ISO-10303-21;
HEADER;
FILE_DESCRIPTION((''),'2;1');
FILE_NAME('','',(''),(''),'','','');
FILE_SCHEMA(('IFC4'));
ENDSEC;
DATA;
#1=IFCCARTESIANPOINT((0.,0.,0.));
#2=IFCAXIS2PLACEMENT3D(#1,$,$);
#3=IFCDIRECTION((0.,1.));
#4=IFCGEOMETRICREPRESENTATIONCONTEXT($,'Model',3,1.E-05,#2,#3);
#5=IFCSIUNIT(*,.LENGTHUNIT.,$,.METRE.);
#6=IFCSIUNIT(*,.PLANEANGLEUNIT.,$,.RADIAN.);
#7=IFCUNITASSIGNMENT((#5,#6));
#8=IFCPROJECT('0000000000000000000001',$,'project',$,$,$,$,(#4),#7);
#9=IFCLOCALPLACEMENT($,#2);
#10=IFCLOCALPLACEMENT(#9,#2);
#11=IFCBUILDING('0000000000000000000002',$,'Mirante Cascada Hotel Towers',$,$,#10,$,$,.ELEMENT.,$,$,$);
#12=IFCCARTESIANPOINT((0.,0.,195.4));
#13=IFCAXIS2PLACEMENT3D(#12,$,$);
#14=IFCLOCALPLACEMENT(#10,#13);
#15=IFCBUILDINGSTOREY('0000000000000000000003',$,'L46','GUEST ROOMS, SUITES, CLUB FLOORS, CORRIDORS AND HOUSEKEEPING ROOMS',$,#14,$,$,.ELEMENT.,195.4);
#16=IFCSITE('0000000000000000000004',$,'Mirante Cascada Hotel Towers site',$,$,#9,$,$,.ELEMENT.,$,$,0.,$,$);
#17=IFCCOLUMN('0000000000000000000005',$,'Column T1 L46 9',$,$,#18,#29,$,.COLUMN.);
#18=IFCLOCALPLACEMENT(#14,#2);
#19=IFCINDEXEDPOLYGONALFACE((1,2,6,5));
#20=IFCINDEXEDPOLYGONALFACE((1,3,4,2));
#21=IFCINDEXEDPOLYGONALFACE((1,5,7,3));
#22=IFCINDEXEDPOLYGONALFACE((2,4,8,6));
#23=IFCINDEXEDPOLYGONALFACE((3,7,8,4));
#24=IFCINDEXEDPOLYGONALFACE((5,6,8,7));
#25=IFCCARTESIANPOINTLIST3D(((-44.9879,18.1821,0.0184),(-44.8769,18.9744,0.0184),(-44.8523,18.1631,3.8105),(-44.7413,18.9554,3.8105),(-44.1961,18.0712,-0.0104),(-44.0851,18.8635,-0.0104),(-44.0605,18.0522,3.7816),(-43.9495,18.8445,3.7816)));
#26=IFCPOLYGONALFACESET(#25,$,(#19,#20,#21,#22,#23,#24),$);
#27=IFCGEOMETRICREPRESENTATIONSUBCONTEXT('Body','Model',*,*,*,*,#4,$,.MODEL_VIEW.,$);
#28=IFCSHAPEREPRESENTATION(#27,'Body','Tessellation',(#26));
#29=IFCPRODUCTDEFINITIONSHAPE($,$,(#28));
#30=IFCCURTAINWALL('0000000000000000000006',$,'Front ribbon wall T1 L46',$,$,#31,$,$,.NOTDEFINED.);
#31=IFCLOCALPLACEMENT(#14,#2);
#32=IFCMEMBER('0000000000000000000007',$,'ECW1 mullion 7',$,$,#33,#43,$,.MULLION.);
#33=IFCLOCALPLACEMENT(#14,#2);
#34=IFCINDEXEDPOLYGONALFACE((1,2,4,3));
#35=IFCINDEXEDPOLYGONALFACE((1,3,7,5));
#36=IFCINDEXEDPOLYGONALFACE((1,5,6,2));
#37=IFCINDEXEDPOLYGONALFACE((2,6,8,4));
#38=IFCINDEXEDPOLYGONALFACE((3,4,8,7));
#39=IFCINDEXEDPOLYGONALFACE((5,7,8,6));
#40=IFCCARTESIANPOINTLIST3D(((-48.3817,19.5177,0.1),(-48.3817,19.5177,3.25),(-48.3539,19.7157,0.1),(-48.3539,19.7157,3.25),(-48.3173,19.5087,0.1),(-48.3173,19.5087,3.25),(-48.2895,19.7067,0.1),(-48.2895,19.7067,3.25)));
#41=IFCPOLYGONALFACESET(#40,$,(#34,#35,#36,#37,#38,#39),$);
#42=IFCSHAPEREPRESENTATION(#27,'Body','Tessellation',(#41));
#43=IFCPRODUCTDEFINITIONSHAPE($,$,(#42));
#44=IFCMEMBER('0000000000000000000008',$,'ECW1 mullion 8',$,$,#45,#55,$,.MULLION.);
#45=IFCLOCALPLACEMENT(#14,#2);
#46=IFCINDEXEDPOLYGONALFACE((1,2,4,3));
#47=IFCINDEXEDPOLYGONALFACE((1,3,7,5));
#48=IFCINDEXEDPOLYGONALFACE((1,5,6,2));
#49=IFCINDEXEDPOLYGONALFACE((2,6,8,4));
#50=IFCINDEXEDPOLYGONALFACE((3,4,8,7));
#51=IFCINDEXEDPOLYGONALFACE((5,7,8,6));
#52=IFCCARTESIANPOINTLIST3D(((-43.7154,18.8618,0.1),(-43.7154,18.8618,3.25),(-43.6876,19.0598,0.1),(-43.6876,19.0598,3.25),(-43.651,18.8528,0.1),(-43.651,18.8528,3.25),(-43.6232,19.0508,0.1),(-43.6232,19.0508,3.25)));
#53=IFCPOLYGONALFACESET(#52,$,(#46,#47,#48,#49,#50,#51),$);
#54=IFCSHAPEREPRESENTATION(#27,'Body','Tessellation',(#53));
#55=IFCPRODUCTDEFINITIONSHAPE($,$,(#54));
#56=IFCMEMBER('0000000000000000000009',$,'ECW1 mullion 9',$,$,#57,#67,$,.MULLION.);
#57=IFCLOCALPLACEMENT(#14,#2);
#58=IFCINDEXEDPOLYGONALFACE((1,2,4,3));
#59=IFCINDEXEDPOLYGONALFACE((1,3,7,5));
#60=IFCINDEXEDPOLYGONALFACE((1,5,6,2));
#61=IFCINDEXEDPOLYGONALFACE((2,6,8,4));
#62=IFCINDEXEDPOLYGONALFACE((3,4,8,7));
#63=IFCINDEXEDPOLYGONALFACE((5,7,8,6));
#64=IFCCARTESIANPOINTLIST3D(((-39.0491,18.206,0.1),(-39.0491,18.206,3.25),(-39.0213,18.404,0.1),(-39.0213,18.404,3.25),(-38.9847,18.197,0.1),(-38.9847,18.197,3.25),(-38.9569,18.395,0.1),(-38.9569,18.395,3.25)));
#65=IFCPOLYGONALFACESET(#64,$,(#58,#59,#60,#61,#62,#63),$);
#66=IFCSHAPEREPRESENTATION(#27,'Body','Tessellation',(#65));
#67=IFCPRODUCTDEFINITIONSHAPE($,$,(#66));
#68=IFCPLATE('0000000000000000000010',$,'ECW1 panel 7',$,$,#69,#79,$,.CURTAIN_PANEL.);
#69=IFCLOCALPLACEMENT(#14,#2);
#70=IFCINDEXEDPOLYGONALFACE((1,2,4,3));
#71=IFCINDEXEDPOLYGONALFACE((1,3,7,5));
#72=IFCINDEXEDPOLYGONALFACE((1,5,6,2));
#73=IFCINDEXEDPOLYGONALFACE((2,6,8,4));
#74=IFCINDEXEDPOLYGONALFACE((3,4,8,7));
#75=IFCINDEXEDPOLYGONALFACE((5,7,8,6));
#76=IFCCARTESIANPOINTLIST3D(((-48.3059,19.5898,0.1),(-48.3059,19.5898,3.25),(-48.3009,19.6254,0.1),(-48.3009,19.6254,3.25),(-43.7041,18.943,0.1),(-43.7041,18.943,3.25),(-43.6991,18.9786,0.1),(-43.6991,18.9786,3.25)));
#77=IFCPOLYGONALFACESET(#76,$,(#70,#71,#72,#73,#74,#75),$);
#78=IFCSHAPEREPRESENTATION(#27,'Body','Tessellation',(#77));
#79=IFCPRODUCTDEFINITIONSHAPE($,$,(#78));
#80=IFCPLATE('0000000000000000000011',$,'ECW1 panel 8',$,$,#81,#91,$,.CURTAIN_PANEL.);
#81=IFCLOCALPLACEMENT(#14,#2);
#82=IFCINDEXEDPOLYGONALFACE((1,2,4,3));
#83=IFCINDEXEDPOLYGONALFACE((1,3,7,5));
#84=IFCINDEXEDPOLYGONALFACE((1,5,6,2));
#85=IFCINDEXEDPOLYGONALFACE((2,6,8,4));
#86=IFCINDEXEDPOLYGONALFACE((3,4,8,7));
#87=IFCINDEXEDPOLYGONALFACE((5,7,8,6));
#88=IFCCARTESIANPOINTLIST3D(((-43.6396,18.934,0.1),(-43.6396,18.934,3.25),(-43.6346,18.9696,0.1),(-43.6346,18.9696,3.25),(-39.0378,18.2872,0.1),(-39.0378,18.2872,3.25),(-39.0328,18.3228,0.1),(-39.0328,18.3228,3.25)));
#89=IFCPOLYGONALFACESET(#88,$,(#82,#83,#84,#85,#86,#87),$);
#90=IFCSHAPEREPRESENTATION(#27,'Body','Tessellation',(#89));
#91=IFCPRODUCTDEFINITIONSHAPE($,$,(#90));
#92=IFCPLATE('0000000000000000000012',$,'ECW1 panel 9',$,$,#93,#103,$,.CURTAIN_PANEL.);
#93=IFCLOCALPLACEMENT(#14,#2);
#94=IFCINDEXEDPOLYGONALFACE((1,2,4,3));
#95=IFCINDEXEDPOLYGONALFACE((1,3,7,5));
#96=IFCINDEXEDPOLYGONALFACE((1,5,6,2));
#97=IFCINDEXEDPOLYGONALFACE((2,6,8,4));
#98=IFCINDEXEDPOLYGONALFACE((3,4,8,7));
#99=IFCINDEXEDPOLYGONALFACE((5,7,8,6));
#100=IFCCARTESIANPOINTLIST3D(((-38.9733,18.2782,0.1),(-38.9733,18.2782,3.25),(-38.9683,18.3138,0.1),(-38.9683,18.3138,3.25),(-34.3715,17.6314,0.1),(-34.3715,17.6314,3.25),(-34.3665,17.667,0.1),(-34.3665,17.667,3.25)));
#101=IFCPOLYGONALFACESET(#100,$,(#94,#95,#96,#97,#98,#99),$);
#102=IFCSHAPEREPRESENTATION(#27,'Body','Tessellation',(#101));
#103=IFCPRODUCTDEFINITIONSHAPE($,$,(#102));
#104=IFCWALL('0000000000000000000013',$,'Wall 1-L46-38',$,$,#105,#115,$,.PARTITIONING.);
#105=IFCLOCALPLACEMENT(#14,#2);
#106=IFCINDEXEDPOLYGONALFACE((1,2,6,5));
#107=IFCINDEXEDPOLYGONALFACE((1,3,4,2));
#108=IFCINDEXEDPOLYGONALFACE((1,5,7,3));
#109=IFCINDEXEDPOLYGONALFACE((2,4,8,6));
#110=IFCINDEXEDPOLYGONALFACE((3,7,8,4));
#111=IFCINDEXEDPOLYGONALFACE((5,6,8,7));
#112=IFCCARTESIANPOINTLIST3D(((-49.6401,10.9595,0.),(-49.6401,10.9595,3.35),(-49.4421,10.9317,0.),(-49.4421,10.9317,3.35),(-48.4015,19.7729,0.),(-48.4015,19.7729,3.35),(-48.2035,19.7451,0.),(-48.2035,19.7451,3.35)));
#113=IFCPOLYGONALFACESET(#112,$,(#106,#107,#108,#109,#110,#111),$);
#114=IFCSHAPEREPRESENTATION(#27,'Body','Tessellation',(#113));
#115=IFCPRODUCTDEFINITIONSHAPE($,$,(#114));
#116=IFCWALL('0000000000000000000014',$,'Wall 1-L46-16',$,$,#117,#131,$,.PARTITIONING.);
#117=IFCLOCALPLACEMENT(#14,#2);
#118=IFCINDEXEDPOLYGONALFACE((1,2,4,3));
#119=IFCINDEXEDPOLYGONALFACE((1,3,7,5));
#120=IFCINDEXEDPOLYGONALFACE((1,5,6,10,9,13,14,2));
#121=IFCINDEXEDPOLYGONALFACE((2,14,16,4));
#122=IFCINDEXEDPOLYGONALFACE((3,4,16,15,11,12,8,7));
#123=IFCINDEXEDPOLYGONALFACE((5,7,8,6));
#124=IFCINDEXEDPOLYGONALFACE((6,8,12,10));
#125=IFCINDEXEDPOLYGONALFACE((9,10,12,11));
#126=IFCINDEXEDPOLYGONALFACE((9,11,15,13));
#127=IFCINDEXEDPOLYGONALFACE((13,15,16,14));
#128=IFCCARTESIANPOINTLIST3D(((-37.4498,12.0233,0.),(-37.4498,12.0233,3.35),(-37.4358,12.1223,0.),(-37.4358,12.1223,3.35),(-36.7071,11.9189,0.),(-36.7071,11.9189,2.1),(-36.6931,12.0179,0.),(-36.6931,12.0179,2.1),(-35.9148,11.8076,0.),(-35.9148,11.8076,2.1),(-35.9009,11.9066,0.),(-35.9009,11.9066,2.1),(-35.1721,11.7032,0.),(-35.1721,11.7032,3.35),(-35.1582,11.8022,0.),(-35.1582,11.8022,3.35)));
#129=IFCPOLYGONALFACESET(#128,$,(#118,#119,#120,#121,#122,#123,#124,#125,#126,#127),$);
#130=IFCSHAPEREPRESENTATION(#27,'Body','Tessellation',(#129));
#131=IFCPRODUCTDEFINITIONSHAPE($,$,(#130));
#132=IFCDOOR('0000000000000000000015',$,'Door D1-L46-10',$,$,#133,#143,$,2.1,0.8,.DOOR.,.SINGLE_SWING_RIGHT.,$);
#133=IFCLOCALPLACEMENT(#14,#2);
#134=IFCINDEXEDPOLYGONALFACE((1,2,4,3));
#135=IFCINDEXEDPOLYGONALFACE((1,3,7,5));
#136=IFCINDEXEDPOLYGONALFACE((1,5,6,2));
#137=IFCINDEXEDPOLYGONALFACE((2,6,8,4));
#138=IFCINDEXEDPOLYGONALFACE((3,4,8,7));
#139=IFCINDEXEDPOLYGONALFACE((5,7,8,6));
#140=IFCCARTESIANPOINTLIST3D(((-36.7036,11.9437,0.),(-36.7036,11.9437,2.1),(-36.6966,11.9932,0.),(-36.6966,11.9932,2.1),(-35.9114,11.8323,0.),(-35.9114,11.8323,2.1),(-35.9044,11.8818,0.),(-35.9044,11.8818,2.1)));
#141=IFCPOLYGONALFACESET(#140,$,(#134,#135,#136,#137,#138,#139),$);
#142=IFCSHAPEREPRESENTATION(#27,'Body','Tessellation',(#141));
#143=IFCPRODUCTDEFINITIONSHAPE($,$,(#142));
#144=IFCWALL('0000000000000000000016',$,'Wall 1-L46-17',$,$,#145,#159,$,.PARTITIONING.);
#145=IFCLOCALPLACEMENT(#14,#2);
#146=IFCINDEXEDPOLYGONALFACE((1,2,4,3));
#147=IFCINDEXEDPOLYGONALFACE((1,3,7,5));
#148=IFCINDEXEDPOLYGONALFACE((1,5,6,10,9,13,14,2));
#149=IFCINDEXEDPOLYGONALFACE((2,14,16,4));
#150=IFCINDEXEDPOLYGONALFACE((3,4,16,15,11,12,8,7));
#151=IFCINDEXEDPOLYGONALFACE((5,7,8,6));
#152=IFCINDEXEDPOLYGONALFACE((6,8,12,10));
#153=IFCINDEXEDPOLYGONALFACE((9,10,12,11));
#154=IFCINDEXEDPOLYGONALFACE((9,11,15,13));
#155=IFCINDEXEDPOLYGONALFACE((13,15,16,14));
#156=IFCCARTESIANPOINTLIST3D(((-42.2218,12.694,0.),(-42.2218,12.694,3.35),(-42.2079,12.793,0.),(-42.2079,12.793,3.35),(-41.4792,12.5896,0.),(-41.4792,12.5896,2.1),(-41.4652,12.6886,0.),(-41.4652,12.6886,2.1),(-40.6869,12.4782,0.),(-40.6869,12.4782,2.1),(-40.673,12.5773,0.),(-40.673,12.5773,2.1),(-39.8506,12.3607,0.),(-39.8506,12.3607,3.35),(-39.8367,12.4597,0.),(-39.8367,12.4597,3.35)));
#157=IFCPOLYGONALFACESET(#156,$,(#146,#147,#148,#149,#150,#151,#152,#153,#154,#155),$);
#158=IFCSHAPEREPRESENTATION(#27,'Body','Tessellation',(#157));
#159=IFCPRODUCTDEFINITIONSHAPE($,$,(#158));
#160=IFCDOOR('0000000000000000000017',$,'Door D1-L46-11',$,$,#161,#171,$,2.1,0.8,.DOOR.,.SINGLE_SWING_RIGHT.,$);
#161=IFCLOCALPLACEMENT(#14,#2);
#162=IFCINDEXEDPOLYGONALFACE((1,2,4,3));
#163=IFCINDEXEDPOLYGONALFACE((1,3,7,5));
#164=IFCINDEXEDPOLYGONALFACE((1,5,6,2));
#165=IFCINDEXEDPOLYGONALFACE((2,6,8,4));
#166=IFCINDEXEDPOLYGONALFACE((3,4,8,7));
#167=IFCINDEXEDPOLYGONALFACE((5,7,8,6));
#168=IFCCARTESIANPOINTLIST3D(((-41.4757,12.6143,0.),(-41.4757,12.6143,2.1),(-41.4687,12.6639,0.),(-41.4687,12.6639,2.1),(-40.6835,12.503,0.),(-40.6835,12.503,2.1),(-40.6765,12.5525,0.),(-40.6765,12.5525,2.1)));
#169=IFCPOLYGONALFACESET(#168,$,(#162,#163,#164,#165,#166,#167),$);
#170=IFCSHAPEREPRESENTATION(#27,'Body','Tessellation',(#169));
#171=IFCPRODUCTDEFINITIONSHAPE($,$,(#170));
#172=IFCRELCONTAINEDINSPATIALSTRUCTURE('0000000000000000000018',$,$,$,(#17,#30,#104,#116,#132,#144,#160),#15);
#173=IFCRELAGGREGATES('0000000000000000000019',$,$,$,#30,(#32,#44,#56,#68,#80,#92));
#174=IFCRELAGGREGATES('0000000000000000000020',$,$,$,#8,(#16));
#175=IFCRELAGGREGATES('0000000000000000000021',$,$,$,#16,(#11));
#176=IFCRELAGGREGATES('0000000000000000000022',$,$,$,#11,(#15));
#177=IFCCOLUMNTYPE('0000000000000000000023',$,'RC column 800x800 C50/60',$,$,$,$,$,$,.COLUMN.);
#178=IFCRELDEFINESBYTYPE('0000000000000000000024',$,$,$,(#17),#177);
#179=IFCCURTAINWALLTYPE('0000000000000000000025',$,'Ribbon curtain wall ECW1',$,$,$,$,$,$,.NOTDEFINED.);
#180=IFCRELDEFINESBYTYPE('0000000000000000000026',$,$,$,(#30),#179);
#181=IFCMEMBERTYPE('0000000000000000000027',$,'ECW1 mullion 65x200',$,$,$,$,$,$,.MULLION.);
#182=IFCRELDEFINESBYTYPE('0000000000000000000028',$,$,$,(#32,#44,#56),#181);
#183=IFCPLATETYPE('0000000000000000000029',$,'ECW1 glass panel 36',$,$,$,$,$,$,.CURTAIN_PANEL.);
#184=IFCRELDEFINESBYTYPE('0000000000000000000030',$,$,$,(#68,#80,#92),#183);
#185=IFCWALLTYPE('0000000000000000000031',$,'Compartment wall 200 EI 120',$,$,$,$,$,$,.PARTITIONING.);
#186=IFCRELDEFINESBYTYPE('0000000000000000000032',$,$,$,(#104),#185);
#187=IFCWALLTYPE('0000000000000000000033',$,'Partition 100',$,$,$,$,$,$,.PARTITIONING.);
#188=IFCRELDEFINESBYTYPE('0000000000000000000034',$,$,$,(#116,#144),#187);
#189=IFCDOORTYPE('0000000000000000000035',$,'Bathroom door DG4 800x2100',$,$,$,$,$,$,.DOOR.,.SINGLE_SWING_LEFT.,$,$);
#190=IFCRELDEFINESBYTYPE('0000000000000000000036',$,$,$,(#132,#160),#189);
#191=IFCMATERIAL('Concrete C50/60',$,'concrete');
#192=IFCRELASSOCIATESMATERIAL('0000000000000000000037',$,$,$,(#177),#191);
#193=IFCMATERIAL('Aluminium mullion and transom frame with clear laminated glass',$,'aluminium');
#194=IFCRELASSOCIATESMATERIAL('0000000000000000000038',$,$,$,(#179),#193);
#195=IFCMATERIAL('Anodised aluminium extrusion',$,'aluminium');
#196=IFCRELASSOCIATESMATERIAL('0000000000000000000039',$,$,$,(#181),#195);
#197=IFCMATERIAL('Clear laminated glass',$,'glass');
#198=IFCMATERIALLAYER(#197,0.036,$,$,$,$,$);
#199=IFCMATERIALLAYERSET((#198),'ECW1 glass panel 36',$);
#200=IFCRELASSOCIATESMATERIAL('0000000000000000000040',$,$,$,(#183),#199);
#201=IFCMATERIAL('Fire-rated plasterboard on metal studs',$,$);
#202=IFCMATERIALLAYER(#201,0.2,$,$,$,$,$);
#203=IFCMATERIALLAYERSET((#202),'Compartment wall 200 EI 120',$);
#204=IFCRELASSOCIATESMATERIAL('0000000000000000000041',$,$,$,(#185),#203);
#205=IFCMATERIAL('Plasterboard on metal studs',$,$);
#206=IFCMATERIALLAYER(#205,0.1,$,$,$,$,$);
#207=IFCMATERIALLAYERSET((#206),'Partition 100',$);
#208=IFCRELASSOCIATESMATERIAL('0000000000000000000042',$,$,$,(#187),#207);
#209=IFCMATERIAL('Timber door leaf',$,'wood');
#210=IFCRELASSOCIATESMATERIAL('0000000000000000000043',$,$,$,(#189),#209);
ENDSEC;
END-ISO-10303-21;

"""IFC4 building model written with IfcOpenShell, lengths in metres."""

from ifc_helpers import new_model, si_unit, direction, frame, frame_2d, origin, origin_2d, place, context, subcontext, project, spatial, rectangle, extrude, material, layer, layer_set, material_profile, profile_set, type_object, element, fill, aggregate, save


model = new_model("IFC4")

# Units and contexts
model_context = context("Model", 3, precision=1e-05, world=origin(), true_north=direction((0.0, 1.0)))
body_context = subcontext(model_context, "Body", "Model", "MODEL_VIEW")
ifc_project = project(units=[si_unit("LENGTHUNIT", "METRE"), si_unit("PLANEANGLEUNIT", "RADIAN")], contexts=[model_context])

# Site, building, storey
site_placement = place(None, origin())
site = spatial("IfcSite", under=ifc_project, at=site_placement, Name="Mirante Cascada Hotel Towers site", CompositionType="ELEMENT", RefElevation=0.0)
building_placement = place(site_placement, origin())
building = spatial("IfcBuilding", under=site, at=building_placement, Name="Mirante Cascada Hotel Towers", CompositionType="ELEMENT")
storey_placement = place(building_placement, frame((0.0, 0.0, 195.4)))
storey = spatial("IfcBuildingStorey", under=building, at=storey_placement, Name="L46", Description="GUEST ROOMS, SUITES, CLUB FLOORS, CORRIDORS AND HOUSEKEEPING ROOMS", CompositionType="ELEMENT", Elevation=195.4)

# Column
ifc_material_1 = material(Name="Concrete C50/60", Category="concrete")
ifc_material_profile_1 = material_profile(ifc_material_1, rectangle(XDim=0.8, YDim=0.8, at=origin_2d()), Name="RC column 800x800 C50/60")
ifc_profile_set_1 = profile_set([ifc_material_profile_1], Name="Concrete C50/60")
column_type = type_object("IfcColumnType", Name="RC column 800x800 C50/60", PredefinedType="COLUMN", material=ifc_profile_set_1)
column_placement = place(storey_placement, frame((-44.5365, 18.5228, 0.004), z_axis=(0.035736, -0.005007, 0.999349), x_axis=(0.138762, 0.990326, 0.0)))
element("IfcColumn", 1, at=column_placement, inside=storey, type_object=column_type, Name="Column T1 L46 9", PredefinedType="COLUMN", context=body_context, shape_type="SweptSolid", body=[
    extrude(rectangle(XDim=0.8, YDim=0.8, at=origin_2d()), origin(), (0.0, 0.0, 1.0), 3.7945),
])

# Curtain wall, members, plates
ifc_material_2 = material(Name="Aluminium mullion and transom frame with clear laminated glass", Category="aluminium")
curtain_wall_type = type_object("IfcCurtainWallType", Name="Ribbon curtain wall ECW1", PredefinedType="NOTDEFINED", material=ifc_material_2)
curtain_wall_placement = place(storey_placement, origin())
curtain_wall = element("IfcCurtainWall", 2, at=curtain_wall_placement, inside=storey, type_object=curtain_wall_type, Name="Front ribbon wall T1 L46", PredefinedType="NOTDEFINED")
ifc_material_3 = material(Name="Anodised aluminium extrusion", Category="aluminium")
ifc_material_profile_2 = material_profile(ifc_material_3, rectangle(XDim=0.2, YDim=0.065, at=origin_2d()), Name="ECW1 MULLION 65x200")
ifc_profile_set_2 = profile_set([ifc_material_profile_2], Name="Anodised aluminium extrusion")
member_type = type_object("IfcMemberType", Name="ECW1 mullion 65x200", PredefinedType="MULLION", material=ifc_profile_set_2)
member_1_placement = place(storey_placement, frame((-48.3356, 19.6122, 0.1), z_axis=(0.0, 0.0, 1.0), x_axis=(0.139173, 0.990268, 0.0)))
member_1 = element("IfcMember", 3, at=member_1_placement, type_object=member_type, Name="ECW1 mullion 7", PredefinedType="MULLION", context=body_context, shape_type="SweptSolid", body=[
    extrude(rectangle(XDim=0.2, YDim=0.065, at=origin_2d()), origin(), (0.0, 0.0, 1.0), 3.15),
])
member_2_placement = place(storey_placement, frame((-43.6693, 18.9563, 0.1), z_axis=(0.0, 0.0, 1.0), x_axis=(0.139173, 0.990268, 0.0)))
member_2 = element("IfcMember", 4, at=member_2_placement, type_object=member_type, Name="ECW1 mullion 8", PredefinedType="MULLION", context=body_context, shape_type="SweptSolid", body=[
    extrude(rectangle(XDim=0.2, YDim=0.065, at=origin_2d()), origin(), (0.0, 0.0, 1.0), 3.15),
])
member_3_placement = place(storey_placement, frame((-39.003, 18.3005, 0.1), z_axis=(0.0, 0.0, 1.0), x_axis=(0.139173, 0.990268, 0.0)))
member_3 = element("IfcMember", 5, at=member_3_placement, type_object=member_type, Name="ECW1 mullion 9", PredefinedType="MULLION", context=body_context, shape_type="SweptSolid", body=[
    extrude(rectangle(XDim=0.2, YDim=0.065, at=origin_2d()), origin(), (0.0, 0.0, 1.0), 3.15),
])
ifc_material_4 = material(Name="Clear laminated glass", Category="glass")
ifc_layer_1 = layer(ifc_material_4, 0.036)
ifc_layer_set_1 = layer_set([ifc_layer_1], Name="ECW1 glass panel 36")
plate_type = type_object("IfcPlateType", Name="ECW1 glass panel 36", PredefinedType="CURTAIN_PANEL", material=ifc_layer_set_1)
plate_1_placement = place(storey_placement, frame((-46.0025, 19.2842, 0.1), z_axis=(0.0, 0.0, 1.0), x_axis=(0.990268, -0.139173, 0.0)))
plate_1 = element("IfcPlate", 6, at=plate_1_placement, type_object=plate_type, Name="ECW1 panel 7", PredefinedType="CURTAIN_PANEL", context=body_context, shape_type="SweptSolid", body=[
    extrude(rectangle(XDim=4.6471, YDim=0.036, at=origin_2d()), origin(), (0.0, 0.0, 1.0), 3.15),
])
plate_2_placement = place(storey_placement, frame((-41.3362, 18.6284, 0.1), z_axis=(0.0, 0.0, 1.0), x_axis=(0.990268, -0.139173, 0.0)))
plate_2 = element("IfcPlate", 7, at=plate_2_placement, type_object=plate_type, Name="ECW1 panel 8", PredefinedType="CURTAIN_PANEL", context=body_context, shape_type="SweptSolid", body=[
    extrude(rectangle(XDim=4.6471, YDim=0.036, at=origin_2d()), origin(), (0.0, 0.0, 1.0), 3.15),
])
plate_3_placement = place(storey_placement, frame((-36.6699, 17.9726, 0.1), z_axis=(0.0, 0.0, 1.0), x_axis=(0.990268, -0.139173, 0.0)))
plate_3 = element("IfcPlate", 8, at=plate_3_placement, type_object=plate_type, Name="ECW1 panel 9", PredefinedType="CURTAIN_PANEL", context=body_context, shape_type="SweptSolid", body=[
    extrude(rectangle(XDim=4.6471, YDim=0.036, at=origin_2d()), origin(), (0.0, 0.0, 1.0), 3.15),
])
aggregate(curtain_wall, [member_1, member_2, member_3, plate_1, plate_2, plate_3])

# Wall
ifc_material_5 = material(Name="Fire-rated plasterboard on metal studs")
ifc_layer_2 = layer(ifc_material_5, 0.2)
ifc_layer_set_2 = layer_set([ifc_layer_2], Name="Compartment wall 200 EI 120")
wall_type_1 = type_object("IfcWallType", Name="Compartment wall 200 EI 120", PredefinedType="PARTITIONING", material=ifc_layer_set_2)
wall_1_placement = place(storey_placement, frame((-48.3025, 19.759, 0.0), z_axis=(0.0, 0.0, 1.0), x_axis=(-0.139168, -0.990269, 0.0)))
element("IfcWall", 9, at=wall_1_placement, inside=storey, type_object=wall_type_1, Name="Wall 1-L46-38", PredefinedType="PARTITIONING", context=body_context, shape_type="SweptSolid", body=[
    extrude(rectangle(XDim=8.9, YDim=0.2, at=frame_2d((4.45, 0.0))), origin(), (0.0, 0.0, 1.0), 3.35),
])

# Walls, openings, doors
ifc_material_6 = material(Name="Plasterboard on metal studs")
ifc_layer_3 = layer(ifc_material_6, 0.1)
ifc_layer_set_3 = layer_set([ifc_layer_3], Name="Partition 100")
wall_type_2 = type_object("IfcWallType", Name="Partition 100", PredefinedType="PARTITIONING", material=ifc_layer_set_3)
wall_2_placement = place(storey_placement, frame((-37.4428, 12.0728, 0.0), z_axis=(0.0, 0.0, 1.0), x_axis=(0.990268, -0.139175, 0.0)))
wall_2 = element("IfcWall", 10, at=wall_2_placement, inside=storey, type_object=wall_type_2, Name="Wall 1-L46-16", PredefinedType="PARTITIONING", context=body_context, shape_type="SweptSolid", body=[
    extrude(rectangle(XDim=2.3, YDim=0.1, at=frame_2d((1.15, 0.0))), origin(), (0.0, 0.0, 1.0), 3.35),
])
opening_1_placement = place(wall_2_placement, frame((0.75, 0.0, 0.0)))
opening_1 = element("IfcOpeningElement", 11, at=opening_1_placement, cuts=wall_2, PredefinedType="OPENING", context=body_context, shape_type="SweptSolid", body=[
    extrude(rectangle(XDim=0.8, YDim=2.1, at=frame_2d((0.4, 1.05))), frame((0.0, 0.05, 0.0), z_axis=(0.0, -1.0, 0.0), x_axis=(1.0, 0.0, 0.0)), (0.0, 0.0, 1.0), 0.1),
])
ifc_material_7 = material(Name="Timber door leaf", Category="wood")
door_type = type_object("IfcDoorType", Name="Bathroom door DG4 800x2100", OperationType="SINGLE_SWING_LEFT", PredefinedType="DOOR", material=ifc_material_7)
door_1_placement = place(opening_1_placement, frame((0.8, 0.0, 0.0), z_axis=(0.0, 0.0, 1.0), x_axis=(-1.0, 0.0, 0.0)))
door_1 = element("IfcDoor", 12, at=door_1_placement, inside=storey, type_object=door_type, Name="Door D1-L46-10", OperationType="SINGLE_SWING_RIGHT", OverallHeight=2.1, OverallWidth=0.8, PredefinedType="DOOR", context=body_context, shape_type="SweptSolid", body=[
    extrude(rectangle(XDim=0.8, YDim=2.1, at=frame_2d((0.4, 1.05))), frame((0.0, 0.025, 0.0), z_axis=(0.0, -1.0, 0.0), x_axis=(1.0, 0.0, 0.0)), (0.0, 0.0, 1.0), 0.05),
])
fill(opening_1, door_1)
wall_3_placement = place(storey_placement, frame((-39.8437, 12.4102, 0.0), z_axis=(0.0, 0.0, 1.0), x_axis=(-0.990265, 0.139193, 0.0)))
wall_3 = element("IfcWall", 13, at=wall_3_placement, inside=storey, type_object=wall_type_2, Name="Wall 1-L46-17", PredefinedType="PARTITIONING", context=body_context, shape_type="SweptSolid", body=[
    extrude(rectangle(XDim=2.3945, YDim=0.1, at=frame_2d((1.1972, 0.0))), origin(), (0.0, 0.0, 1.0), 3.35),
])
opening_2_placement = place(wall_3_placement, frame((0.8445, 0.0, 0.0)))
opening_2 = element("IfcOpeningElement", 14, at=opening_2_placement, cuts=wall_3, PredefinedType="OPENING", context=body_context, shape_type="SweptSolid", body=[
    extrude(rectangle(XDim=0.8, YDim=2.1, at=frame_2d((0.4, 1.05))), frame((0.0, 0.05, 0.0), z_axis=(0.0, -1.0, 0.0), x_axis=(1.0, 0.0, 0.0)), (0.0, 0.0, 1.0), 0.1),
])
door_2_placement = place(opening_2_placement, frame((0.8, 0.0, 0.0), z_axis=(0.0, 0.0, 1.0), x_axis=(-1.0, 0.0, 0.0)))
door_2 = element("IfcDoor", 15, at=door_2_placement, inside=storey, type_object=door_type, Name="Door D1-L46-11", OperationType="SINGLE_SWING_RIGHT", OverallHeight=2.1, OverallWidth=0.8, PredefinedType="DOOR", context=body_context, shape_type="SweptSolid", body=[
    extrude(rectangle(XDim=0.8, YDim=2.1, at=frame_2d((0.4, 1.05))), frame((0.0, 0.025, 0.0), z_axis=(0.0, -1.0, 0.0), x_axis=(1.0, 0.0, 0.0)), (0.0, 0.0, 1.0), 0.05),
])
fill(opening_2, door_2)

save(model, "model.ifc")
